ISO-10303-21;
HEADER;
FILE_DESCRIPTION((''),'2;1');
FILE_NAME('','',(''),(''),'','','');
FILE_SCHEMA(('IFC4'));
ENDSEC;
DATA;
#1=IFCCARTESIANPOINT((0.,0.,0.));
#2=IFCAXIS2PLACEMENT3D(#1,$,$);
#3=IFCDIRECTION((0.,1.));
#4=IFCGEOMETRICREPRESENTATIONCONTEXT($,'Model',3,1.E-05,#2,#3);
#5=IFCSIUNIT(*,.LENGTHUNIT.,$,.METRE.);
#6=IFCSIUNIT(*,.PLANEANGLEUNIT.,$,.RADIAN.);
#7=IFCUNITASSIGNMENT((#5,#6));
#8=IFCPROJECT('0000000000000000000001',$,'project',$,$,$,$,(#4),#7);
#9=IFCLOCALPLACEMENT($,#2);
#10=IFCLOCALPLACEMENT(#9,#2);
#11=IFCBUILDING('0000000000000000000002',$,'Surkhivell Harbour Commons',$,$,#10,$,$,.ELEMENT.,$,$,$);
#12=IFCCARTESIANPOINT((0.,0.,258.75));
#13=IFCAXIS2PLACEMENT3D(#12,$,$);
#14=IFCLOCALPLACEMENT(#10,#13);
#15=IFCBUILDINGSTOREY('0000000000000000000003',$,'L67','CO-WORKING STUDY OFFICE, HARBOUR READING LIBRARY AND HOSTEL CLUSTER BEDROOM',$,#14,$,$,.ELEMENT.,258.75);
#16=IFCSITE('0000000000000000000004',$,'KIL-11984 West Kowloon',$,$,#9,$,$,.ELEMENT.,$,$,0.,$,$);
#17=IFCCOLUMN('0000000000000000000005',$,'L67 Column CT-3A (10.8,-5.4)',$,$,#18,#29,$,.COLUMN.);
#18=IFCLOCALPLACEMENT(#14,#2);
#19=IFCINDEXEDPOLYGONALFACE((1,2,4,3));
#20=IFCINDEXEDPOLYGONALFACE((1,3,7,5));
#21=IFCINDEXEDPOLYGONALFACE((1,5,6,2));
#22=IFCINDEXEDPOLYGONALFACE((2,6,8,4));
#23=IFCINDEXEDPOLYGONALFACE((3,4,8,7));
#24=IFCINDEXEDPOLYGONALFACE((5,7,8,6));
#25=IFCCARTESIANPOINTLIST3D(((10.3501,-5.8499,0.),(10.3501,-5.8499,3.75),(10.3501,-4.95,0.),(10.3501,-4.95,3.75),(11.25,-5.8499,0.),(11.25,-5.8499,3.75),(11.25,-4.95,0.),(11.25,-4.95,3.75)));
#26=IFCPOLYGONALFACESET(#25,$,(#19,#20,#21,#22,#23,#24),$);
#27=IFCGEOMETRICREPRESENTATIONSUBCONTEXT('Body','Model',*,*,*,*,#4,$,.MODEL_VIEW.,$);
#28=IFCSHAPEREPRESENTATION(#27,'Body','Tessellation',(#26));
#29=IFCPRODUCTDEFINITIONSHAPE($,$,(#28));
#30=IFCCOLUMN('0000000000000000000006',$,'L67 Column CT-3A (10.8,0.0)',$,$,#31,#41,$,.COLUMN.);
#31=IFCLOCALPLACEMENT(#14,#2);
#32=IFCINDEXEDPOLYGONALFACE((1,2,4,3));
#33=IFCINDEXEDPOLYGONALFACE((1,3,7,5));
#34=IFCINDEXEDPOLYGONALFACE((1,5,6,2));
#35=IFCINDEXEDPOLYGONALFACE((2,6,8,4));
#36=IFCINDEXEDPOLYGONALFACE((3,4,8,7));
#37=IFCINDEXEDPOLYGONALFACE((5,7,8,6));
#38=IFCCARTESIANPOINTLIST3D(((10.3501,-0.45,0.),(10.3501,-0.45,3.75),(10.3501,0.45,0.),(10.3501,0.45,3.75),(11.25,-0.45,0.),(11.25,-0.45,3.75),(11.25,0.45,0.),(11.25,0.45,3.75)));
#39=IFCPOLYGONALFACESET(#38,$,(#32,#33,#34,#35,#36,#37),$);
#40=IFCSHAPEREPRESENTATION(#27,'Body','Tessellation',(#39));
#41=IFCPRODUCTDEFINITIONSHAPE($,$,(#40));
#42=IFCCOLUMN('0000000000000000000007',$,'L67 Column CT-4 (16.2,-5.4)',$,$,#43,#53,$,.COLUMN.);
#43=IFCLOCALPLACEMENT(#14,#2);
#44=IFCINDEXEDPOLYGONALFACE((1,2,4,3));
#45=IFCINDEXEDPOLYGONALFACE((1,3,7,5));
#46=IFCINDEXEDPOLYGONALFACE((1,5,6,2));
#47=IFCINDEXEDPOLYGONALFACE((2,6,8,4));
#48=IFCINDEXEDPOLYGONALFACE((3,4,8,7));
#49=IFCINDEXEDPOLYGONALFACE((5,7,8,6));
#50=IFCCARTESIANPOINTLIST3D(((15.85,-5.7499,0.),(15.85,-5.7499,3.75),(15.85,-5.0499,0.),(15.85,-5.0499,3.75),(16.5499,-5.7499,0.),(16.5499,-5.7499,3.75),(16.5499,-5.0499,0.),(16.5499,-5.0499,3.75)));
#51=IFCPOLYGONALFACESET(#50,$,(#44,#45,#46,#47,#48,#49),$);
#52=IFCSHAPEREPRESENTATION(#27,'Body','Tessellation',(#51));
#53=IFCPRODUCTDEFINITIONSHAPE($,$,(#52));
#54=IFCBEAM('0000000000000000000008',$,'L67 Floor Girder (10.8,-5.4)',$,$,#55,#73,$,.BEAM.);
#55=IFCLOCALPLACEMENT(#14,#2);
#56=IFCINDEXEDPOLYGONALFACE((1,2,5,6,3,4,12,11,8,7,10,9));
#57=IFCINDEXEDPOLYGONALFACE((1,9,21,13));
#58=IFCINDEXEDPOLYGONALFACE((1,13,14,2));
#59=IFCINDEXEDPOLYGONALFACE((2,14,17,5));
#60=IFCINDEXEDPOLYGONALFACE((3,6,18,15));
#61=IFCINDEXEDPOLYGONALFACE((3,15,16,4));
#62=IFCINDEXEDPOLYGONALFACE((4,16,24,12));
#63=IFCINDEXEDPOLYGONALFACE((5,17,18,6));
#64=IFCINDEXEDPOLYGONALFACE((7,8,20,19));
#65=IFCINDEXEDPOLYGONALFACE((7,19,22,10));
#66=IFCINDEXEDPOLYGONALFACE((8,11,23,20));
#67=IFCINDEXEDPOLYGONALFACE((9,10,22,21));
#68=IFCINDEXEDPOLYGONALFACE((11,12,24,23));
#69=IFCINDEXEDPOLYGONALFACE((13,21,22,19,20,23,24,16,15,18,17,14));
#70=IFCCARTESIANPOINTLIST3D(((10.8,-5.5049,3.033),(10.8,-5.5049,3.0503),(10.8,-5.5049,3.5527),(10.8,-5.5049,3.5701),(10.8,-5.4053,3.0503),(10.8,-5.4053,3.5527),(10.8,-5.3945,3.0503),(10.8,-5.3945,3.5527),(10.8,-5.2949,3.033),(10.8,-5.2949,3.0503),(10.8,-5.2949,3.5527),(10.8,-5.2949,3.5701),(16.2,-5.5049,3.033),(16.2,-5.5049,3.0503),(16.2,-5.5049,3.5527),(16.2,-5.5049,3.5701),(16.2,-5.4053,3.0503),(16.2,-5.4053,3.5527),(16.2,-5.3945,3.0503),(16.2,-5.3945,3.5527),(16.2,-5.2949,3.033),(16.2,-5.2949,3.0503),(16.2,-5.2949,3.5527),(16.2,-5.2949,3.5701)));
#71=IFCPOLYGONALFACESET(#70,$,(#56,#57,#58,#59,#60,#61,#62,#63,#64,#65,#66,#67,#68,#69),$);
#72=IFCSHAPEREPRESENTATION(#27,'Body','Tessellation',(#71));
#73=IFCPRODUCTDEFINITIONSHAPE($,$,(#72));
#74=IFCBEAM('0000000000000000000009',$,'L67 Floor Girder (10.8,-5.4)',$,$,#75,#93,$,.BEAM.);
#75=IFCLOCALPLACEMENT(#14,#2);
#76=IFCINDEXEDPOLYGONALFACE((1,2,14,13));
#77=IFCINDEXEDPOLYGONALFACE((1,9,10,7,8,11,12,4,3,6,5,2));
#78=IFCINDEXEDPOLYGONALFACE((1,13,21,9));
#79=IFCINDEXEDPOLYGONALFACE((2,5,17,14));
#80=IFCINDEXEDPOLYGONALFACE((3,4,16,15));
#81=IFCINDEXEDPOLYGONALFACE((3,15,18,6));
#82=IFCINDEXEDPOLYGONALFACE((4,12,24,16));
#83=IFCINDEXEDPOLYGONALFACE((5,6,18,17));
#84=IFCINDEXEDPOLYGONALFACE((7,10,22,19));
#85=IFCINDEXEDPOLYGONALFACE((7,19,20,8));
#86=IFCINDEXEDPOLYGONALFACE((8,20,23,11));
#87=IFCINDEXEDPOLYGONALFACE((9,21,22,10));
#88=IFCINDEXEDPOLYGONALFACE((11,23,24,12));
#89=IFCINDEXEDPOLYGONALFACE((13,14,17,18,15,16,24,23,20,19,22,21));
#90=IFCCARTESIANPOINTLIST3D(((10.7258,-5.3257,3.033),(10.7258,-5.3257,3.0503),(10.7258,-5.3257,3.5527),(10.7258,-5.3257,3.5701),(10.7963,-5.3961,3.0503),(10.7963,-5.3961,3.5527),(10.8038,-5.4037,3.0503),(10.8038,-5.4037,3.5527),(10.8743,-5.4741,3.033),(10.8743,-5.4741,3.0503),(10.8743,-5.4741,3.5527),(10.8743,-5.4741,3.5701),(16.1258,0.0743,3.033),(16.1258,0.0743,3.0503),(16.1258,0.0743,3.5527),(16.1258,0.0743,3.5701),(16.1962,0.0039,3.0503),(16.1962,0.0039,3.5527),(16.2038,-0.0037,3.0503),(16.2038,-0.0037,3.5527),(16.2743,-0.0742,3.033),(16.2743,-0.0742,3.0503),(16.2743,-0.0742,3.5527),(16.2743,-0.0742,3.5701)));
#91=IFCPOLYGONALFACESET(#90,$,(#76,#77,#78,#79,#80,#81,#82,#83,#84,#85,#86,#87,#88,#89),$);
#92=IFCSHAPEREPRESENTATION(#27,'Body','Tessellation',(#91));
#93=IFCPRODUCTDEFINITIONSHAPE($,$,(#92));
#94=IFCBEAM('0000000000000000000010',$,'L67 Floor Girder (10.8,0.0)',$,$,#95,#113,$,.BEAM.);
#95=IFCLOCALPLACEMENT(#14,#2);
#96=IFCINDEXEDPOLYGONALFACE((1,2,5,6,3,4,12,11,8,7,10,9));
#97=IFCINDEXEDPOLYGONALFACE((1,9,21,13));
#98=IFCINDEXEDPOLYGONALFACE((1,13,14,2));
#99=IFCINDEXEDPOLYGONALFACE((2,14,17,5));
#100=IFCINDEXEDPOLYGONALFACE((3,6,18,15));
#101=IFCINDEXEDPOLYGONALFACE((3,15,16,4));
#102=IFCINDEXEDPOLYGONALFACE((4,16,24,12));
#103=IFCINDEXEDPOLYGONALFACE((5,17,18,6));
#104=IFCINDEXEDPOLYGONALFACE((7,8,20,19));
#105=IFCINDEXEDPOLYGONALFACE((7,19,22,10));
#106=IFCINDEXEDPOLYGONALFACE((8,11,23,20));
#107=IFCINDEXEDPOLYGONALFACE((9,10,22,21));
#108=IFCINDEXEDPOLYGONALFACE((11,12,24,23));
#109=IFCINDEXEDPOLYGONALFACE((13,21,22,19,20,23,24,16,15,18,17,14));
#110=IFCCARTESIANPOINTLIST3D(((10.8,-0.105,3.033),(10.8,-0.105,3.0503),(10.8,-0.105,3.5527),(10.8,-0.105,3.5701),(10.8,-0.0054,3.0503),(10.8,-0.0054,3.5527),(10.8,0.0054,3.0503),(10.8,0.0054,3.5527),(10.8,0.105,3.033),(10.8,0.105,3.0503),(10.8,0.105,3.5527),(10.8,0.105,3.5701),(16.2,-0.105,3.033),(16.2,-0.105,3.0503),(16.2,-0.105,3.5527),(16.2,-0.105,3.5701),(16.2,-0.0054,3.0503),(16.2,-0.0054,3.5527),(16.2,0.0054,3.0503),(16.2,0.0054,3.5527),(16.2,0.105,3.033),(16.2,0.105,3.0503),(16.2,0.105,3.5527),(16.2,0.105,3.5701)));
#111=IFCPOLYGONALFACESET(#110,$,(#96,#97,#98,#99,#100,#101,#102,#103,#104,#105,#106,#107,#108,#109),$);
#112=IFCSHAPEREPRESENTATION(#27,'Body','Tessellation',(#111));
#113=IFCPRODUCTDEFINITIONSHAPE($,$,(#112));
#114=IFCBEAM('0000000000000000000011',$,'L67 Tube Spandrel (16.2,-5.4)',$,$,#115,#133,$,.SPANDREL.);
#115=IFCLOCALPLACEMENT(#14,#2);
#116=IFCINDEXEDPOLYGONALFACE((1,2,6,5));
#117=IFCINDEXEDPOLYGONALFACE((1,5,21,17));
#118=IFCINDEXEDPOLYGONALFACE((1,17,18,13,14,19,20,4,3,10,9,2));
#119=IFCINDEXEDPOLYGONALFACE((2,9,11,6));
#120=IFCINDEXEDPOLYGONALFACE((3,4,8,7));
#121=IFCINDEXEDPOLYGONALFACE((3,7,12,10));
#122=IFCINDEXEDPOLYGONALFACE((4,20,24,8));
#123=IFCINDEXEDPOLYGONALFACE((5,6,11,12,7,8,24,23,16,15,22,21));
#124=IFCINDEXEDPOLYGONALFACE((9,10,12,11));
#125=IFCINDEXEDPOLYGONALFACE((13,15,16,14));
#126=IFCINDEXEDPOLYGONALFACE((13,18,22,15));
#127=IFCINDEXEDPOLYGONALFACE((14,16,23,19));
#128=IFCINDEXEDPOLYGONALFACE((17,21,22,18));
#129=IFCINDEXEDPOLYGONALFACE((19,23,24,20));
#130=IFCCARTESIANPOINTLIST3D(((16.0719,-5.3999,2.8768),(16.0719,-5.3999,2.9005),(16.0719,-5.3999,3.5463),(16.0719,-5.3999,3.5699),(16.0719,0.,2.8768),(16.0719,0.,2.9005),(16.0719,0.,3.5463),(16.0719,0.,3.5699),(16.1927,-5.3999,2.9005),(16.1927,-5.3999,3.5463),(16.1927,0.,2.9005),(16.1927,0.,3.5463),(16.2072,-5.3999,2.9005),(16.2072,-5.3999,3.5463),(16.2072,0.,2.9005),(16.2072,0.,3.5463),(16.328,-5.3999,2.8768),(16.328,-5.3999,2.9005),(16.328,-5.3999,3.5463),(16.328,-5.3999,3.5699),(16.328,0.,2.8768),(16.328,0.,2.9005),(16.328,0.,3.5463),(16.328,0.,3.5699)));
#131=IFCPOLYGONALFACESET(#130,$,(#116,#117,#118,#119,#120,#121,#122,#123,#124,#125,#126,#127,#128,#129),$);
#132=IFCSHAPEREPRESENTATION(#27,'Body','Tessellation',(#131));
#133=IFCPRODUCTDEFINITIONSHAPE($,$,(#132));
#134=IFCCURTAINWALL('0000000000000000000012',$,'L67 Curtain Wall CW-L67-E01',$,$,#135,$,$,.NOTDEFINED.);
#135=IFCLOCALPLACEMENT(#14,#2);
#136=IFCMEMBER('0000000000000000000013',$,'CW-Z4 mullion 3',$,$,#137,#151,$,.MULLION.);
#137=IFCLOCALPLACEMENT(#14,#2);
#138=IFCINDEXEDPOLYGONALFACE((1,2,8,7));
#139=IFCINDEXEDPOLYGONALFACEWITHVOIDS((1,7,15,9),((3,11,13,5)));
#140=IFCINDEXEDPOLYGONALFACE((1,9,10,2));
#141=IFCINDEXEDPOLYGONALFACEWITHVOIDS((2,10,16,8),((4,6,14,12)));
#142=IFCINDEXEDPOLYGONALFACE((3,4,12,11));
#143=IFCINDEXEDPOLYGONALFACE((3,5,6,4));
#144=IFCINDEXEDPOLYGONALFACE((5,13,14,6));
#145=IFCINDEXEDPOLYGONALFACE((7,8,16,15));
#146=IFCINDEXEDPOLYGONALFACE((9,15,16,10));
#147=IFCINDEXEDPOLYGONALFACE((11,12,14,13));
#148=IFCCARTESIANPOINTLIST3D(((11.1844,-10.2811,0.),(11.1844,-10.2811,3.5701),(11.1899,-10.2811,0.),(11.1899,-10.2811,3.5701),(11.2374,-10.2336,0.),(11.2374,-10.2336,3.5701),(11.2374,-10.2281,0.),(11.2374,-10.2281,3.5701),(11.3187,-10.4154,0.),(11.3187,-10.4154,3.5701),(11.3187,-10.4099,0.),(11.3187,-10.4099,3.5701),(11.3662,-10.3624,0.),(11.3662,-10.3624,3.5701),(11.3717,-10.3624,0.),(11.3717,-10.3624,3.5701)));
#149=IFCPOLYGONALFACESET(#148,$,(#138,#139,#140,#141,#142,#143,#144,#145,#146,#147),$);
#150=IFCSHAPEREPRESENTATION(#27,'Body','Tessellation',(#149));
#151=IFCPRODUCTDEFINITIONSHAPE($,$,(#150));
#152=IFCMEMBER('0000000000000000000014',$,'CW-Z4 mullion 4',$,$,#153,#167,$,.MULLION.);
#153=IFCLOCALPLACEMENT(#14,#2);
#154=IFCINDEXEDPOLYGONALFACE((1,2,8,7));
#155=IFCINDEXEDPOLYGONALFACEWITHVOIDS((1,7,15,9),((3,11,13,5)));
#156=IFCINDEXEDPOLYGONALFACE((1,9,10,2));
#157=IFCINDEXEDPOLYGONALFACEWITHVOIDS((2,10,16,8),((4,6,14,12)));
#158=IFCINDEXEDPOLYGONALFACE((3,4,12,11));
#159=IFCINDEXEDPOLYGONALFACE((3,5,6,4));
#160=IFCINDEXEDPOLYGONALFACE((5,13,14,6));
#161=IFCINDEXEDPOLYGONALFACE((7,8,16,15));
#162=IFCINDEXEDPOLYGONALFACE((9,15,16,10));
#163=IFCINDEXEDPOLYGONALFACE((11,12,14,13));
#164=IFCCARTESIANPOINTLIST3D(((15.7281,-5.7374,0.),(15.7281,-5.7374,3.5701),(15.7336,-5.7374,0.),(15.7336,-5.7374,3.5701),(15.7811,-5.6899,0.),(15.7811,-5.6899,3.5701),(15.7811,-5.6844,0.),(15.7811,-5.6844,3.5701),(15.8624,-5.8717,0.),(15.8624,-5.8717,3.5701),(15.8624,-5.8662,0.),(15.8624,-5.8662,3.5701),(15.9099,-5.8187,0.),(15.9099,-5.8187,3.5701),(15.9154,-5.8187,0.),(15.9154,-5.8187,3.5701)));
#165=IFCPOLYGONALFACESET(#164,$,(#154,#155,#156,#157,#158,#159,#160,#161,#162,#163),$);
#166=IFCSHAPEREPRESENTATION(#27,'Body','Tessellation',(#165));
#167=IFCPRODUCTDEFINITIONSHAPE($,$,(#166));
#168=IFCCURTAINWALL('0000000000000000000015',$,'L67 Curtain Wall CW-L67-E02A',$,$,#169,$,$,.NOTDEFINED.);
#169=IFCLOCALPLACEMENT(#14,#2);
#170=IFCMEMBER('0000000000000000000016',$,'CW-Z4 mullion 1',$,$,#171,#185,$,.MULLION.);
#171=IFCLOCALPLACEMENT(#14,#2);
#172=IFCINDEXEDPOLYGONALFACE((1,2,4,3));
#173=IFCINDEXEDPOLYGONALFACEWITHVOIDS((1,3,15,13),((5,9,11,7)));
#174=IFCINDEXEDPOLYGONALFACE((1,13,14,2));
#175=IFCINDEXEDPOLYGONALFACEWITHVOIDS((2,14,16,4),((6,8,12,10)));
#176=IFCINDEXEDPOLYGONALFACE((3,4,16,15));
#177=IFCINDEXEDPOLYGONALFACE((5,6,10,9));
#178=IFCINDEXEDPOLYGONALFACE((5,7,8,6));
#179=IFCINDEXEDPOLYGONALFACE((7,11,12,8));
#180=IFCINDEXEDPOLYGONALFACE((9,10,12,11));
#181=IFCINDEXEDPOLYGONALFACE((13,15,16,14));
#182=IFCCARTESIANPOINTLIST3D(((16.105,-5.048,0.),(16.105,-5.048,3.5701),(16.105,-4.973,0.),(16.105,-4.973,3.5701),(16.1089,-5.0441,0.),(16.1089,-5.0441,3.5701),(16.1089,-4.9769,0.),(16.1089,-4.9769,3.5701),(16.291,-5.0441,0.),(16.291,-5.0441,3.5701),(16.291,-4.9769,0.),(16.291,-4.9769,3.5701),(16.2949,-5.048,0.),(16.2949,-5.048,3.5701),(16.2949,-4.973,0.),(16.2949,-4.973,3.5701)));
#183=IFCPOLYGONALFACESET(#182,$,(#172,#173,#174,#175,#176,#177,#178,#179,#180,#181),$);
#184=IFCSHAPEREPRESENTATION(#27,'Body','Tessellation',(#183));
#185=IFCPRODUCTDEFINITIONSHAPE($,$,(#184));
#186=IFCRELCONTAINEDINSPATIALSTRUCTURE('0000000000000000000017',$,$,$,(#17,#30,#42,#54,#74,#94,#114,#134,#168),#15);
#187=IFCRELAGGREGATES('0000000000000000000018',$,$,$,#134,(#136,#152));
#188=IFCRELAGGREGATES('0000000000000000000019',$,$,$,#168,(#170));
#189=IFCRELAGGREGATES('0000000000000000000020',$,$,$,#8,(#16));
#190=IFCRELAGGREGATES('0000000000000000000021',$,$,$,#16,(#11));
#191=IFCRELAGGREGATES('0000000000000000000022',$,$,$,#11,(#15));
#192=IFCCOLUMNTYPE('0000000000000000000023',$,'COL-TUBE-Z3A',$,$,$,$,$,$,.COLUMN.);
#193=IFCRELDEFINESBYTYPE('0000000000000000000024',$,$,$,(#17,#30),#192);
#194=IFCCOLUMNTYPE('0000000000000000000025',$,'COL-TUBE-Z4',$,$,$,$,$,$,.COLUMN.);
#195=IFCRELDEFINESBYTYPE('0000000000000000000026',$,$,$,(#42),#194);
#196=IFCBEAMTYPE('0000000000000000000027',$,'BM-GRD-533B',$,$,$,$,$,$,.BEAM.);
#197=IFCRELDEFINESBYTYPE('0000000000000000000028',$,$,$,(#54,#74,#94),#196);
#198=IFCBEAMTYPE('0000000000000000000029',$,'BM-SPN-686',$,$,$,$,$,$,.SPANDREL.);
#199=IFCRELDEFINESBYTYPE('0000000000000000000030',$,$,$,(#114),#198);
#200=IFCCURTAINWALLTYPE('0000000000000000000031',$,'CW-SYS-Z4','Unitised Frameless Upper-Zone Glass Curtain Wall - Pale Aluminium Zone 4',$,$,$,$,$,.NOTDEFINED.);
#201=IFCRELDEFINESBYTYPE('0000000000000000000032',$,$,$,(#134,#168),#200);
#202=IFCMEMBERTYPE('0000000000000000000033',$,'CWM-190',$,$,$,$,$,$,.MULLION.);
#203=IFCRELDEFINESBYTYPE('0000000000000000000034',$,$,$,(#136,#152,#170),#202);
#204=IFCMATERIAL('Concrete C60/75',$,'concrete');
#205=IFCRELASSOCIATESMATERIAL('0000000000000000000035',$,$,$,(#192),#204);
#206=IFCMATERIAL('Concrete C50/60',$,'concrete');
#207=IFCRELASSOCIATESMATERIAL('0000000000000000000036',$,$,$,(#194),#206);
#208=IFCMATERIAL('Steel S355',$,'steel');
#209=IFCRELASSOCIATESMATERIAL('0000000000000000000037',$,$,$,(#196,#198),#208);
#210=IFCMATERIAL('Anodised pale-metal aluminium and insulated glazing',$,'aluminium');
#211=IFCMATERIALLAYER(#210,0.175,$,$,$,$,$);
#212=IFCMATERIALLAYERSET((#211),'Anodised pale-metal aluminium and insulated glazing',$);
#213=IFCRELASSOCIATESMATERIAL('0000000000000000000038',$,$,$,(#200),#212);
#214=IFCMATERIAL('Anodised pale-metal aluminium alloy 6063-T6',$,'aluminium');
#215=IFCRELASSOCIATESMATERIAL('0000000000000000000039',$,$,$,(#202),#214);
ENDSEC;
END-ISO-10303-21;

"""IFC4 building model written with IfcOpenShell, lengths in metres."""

from ifc_helpers import new_model, si_unit, direction, frame, origin, origin_2d, place, context, subcontext, project, spatial, rectangle, hollow_rectangle, i_section, extrude, material, layer, layer_set, material_profile, profile_set, type_object, element, aggregate, save


model = new_model("IFC4")

# Units and contexts
model_context = context("Model", 3, precision=1e-05, world=origin(), true_north=direction((0.0, 1.0)))
body_context = subcontext(model_context, "Body", "Model", "MODEL_VIEW")
ifc_project = project(units=[si_unit("LENGTHUNIT", "METRE"), si_unit("PLANEANGLEUNIT", "RADIAN")], contexts=[model_context])

# Site, building, storey
site_placement = place(None, origin())
site = spatial("IfcSite", under=ifc_project, at=site_placement, Name="KIL-11984 West Kowloon", CompositionType="ELEMENT", RefElevation=0.0)
building_placement = place(site_placement, origin())
building = spatial("IfcBuilding", under=site, at=building_placement, Name="Surkhivell Harbour Commons", CompositionType="ELEMENT")
storey_placement = place(building_placement, frame((0.0, 0.0, 258.75)))
storey = spatial("IfcBuildingStorey", under=building, at=storey_placement, Name="L67", Description="CO-WORKING STUDY OFFICE, HARBOUR READING LIBRARY AND HOSTEL CLUSTER BEDROOM", CompositionType="ELEMENT", Elevation=258.75)

# Columns
ifc_material_1 = material(Name="Concrete C60/75", Category="concrete")
ifc_material_profile_1 = material_profile(ifc_material_1, rectangle(XDim=0.8999, YDim=0.8999, at=origin_2d()), Name="RC-COL-900x900")
ifc_profile_set_1 = profile_set([ifc_material_profile_1], Name="Concrete C60/75")
column_type_1 = type_object("IfcColumnType", Name="COL-TUBE-Z3A", PredefinedType="COLUMN", material=ifc_profile_set_1)
for number, where, z_axis, x_axis, name in (
    (1, (10.8, -5.3999, 0.0), (0.0, 0.0, 1.0), (1.0, 0.0, 0.0), "L67 Column CT-3A (10.8,-5.4)"),
    (2, (10.8, 0.0, 0.0), (0.0, 0.0, 1.0), (1.0, 0.0, 0.0), "L67 Column CT-3A (10.8,0.0)"),
):
    element("IfcColumn", number, at=place(storey_placement, frame(where, z_axis=z_axis, x_axis=x_axis)), inside=storey, type_object=column_type_1, Name=name, PredefinedType="COLUMN", context=body_context, shape_type="SweptSolid", body=[
        extrude(rectangle(XDim=0.8999, YDim=0.8999, at=origin_2d()), origin(), (0.0, 0.0, 1.0), 3.75),
    ])
ifc_material_2 = material(Name="Concrete C50/60", Category="concrete")
ifc_material_profile_2 = material_profile(ifc_material_2, rectangle(XDim=0.7, YDim=0.7, at=origin_2d()), Name="RC-COL-700x700")
ifc_profile_set_2 = profile_set([ifc_material_profile_2], Name="Concrete C50/60")
column_type_2 = type_object("IfcColumnType", Name="COL-TUBE-Z4", PredefinedType="COLUMN", material=ifc_profile_set_2)
column_placement = place(storey_placement, frame((16.2, -5.3999, 0.0), z_axis=(0.0, 0.0, 1.0), x_axis=(1.0, 0.0, 0.0)))
element("IfcColumn", 3, at=column_placement, inside=storey, type_object=column_type_2, Name="L67 Column CT-4 (16.2,-5.4)", PredefinedType="COLUMN", context=body_context, shape_type="SweptSolid", body=[
    extrude(rectangle(XDim=0.7, YDim=0.7, at=origin_2d()), origin(), (0.0, 0.0, 1.0), 3.75),
])

# Beams
ifc_material_3 = material(Name="Steel S355", Category="steel")
ifc_material_profile_3 = material_profile(ifc_material_3, i_section(OverallWidth=0.21, OverallDepth=0.5371, WebThickness=0.0107, FlangeThickness=0.0173, at=origin_2d()), Name="UB533x210x101")
ifc_profile_set_3 = profile_set([ifc_material_profile_3], Name="Steel S355")
beam_type_1 = type_object("IfcBeamType", Name="BM-GRD-533B", PredefinedType="BEAM", material=ifc_profile_set_3)
beam_1_placement = place(storey_placement, frame((10.8, -5.3999, 3.3015), z_axis=(1.0, 0.0, 0.0), x_axis=(0.0, 1.0, 0.0)))
element("IfcBeam", 4, at=beam_1_placement, inside=storey, type_object=beam_type_1, Name="L67 Floor Girder (10.8,-5.4)", PredefinedType="BEAM", context=body_context, shape_type="SweptSolid", body=[
    extrude(i_section(OverallWidth=0.21, OverallDepth=0.5371, WebThickness=0.0107, FlangeThickness=0.0173, at=origin_2d()), origin(), (0.0, 0.0, 1.0), 5.3999),
])
beam_2_placement = place(storey_placement, frame((10.8, -5.3999, 3.3015), z_axis=(0.707107, 0.707107, 0.0), x_axis=(-0.707107, 0.707107, 0.0)))
element("IfcBeam", 5, at=beam_2_placement, inside=storey, type_object=beam_type_1, Name="L67 Floor Girder (10.8,-5.4)", PredefinedType="BEAM", context=body_context, shape_type="SweptSolid", body=[
    extrude(i_section(OverallWidth=0.21, OverallDepth=0.5371, WebThickness=0.0107, FlangeThickness=0.0173, at=origin_2d()), origin(), (0.0, 0.0, 1.0), 7.6367),
])
beam_3_placement = place(storey_placement, frame((10.8, 0.0, 3.3015), z_axis=(1.0, 0.0, 0.0), x_axis=(0.0, 1.0, 0.0)))
element("IfcBeam", 6, at=beam_3_placement, inside=storey, type_object=beam_type_1, Name="L67 Floor Girder (10.8,0.0)", PredefinedType="BEAM", context=body_context, shape_type="SweptSolid", body=[
    extrude(i_section(OverallWidth=0.21, OverallDepth=0.5371, WebThickness=0.0107, FlangeThickness=0.0173, at=origin_2d()), origin(), (0.0, 0.0, 1.0), 5.3999),
])
ifc_material_profile_4 = material_profile(ifc_material_3, i_section(OverallWidth=0.2561, OverallDepth=0.6931, WebThickness=0.0144, FlangeThickness=0.0237, at=origin_2d()), Name="UB686x254x170")
ifc_profile_set_4 = profile_set([ifc_material_profile_4], Name="Steel S355")
beam_type_2 = type_object("IfcBeamType", Name="BM-SPN-686", PredefinedType="SPANDREL", material=ifc_profile_set_4)
beam_4_placement = place(storey_placement, frame((16.2, -5.3999, 3.2234), z_axis=(0.0, 1.0, 0.0), x_axis=(-1.0, 0.0, 0.0)))
element("IfcBeam", 7, at=beam_4_placement, inside=storey, type_object=beam_type_2, Name="L67 Tube Spandrel (16.2,-5.4)", PredefinedType="SPANDREL", context=body_context, shape_type="SweptSolid", body=[
    extrude(i_section(OverallWidth=0.2561, OverallDepth=0.6931, WebThickness=0.0144, FlangeThickness=0.0237, at=origin_2d()), origin(), (0.0, 0.0, 1.0), 5.3999),
])

# Curtain walls, members
ifc_material_4 = material(Name="Anodised pale-metal aluminium and insulated glazing", Category="aluminium")
ifc_layer_1 = layer(ifc_material_4, 0.175)
ifc_layer_set_1 = layer_set([ifc_layer_1], Name="Anodised pale-metal aluminium and insulated glazing")
curtain_wall_type = type_object("IfcCurtainWallType", Name="CW-SYS-Z4", Description="Unitised Frameless Upper-Zone Glass Curtain Wall - Pale Aluminium Zone 4", PredefinedType="NOTDEFINED", material=ifc_layer_set_1)
curtain_wall_1_placement = place(storey_placement, origin())
curtain_wall_1 = element("IfcCurtainWall", 8, at=curtain_wall_1_placement, inside=storey, type_object=curtain_wall_type, Name="L67 Curtain Wall CW-L67-E01", PredefinedType="NOTDEFINED")
ifc_material_5 = material(Name="Anodised pale-metal aluminium alloy 6063-T6", Category="aluminium")
ifc_material_profile_5 = material_profile(ifc_material_5, hollow_rectangle(XDim=0.075, YDim=0.1899, WallThickness=0.0039, at=origin_2d()), Name="ALU-MULL-75x190")
ifc_profile_set_5 = profile_set([ifc_material_profile_5], Name="Anodised pale-metal aluminium alloy 6063-T6")
member_type_1 = type_object("IfcMemberType", Name="CWM-190", PredefinedType="MULLION", material=ifc_profile_set_5)
member_1_placement = place(storey_placement, frame((11.2781, -10.3218, 0.0), z_axis=(0.0, 0.0, 1.0), x_axis=(0.707107, 0.707107, 0.0)))
member_1 = element("IfcMember", 9, at=member_1_placement, type_object=member_type_1, Name="CW-Z4 mullion 3", PredefinedType="MULLION", context=body_context, shape_type="SweptSolid", body=[
    extrude(hollow_rectangle(XDim=0.075, YDim=0.1899, WallThickness=0.0039, at=origin_2d()), origin(), (0.0, 0.0, 1.0), 3.5701),
])
member_2_placement = place(storey_placement, frame((15.8218, -5.7781, 0.0), z_axis=(0.0, 0.0, 1.0), x_axis=(0.707107, 0.707107, 0.0)))
member_2 = element("IfcMember", 10, at=member_2_placement, type_object=member_type_1, Name="CW-Z4 mullion 4", PredefinedType="MULLION", context=body_context, shape_type="SweptSolid", body=[
    extrude(hollow_rectangle(XDim=0.075, YDim=0.1899, WallThickness=0.0039, at=origin_2d()), origin(), (0.0, 0.0, 1.0), 3.5701),
])
curtain_wall_2_placement = place(storey_placement, origin())
curtain_wall_2 = element("IfcCurtainWall", 11, at=curtain_wall_2_placement, inside=storey, type_object=curtain_wall_type, Name="L67 Curtain Wall CW-L67-E02A", PredefinedType="NOTDEFINED")
member_3_placement = place(storey_placement, frame((16.2, -5.0105, 0.0), z_axis=(0.0, 0.0, 1.0), x_axis=(0.0, 1.0, 0.0)))
member_3 = element("IfcMember", 12, at=member_3_placement, type_object=member_type_1, Name="CW-Z4 mullion 1", PredefinedType="MULLION", context=body_context, shape_type="SweptSolid", body=[
    extrude(hollow_rectangle(XDim=0.075, YDim=0.1899, WallThickness=0.0039, at=origin_2d()), origin(), (0.0, 0.0, 1.0), 3.5701),
])

aggregate(curtain_wall_1, [member_1, member_2])
aggregate(curtain_wall_2, [member_3])

save(model, "model.ifc")
